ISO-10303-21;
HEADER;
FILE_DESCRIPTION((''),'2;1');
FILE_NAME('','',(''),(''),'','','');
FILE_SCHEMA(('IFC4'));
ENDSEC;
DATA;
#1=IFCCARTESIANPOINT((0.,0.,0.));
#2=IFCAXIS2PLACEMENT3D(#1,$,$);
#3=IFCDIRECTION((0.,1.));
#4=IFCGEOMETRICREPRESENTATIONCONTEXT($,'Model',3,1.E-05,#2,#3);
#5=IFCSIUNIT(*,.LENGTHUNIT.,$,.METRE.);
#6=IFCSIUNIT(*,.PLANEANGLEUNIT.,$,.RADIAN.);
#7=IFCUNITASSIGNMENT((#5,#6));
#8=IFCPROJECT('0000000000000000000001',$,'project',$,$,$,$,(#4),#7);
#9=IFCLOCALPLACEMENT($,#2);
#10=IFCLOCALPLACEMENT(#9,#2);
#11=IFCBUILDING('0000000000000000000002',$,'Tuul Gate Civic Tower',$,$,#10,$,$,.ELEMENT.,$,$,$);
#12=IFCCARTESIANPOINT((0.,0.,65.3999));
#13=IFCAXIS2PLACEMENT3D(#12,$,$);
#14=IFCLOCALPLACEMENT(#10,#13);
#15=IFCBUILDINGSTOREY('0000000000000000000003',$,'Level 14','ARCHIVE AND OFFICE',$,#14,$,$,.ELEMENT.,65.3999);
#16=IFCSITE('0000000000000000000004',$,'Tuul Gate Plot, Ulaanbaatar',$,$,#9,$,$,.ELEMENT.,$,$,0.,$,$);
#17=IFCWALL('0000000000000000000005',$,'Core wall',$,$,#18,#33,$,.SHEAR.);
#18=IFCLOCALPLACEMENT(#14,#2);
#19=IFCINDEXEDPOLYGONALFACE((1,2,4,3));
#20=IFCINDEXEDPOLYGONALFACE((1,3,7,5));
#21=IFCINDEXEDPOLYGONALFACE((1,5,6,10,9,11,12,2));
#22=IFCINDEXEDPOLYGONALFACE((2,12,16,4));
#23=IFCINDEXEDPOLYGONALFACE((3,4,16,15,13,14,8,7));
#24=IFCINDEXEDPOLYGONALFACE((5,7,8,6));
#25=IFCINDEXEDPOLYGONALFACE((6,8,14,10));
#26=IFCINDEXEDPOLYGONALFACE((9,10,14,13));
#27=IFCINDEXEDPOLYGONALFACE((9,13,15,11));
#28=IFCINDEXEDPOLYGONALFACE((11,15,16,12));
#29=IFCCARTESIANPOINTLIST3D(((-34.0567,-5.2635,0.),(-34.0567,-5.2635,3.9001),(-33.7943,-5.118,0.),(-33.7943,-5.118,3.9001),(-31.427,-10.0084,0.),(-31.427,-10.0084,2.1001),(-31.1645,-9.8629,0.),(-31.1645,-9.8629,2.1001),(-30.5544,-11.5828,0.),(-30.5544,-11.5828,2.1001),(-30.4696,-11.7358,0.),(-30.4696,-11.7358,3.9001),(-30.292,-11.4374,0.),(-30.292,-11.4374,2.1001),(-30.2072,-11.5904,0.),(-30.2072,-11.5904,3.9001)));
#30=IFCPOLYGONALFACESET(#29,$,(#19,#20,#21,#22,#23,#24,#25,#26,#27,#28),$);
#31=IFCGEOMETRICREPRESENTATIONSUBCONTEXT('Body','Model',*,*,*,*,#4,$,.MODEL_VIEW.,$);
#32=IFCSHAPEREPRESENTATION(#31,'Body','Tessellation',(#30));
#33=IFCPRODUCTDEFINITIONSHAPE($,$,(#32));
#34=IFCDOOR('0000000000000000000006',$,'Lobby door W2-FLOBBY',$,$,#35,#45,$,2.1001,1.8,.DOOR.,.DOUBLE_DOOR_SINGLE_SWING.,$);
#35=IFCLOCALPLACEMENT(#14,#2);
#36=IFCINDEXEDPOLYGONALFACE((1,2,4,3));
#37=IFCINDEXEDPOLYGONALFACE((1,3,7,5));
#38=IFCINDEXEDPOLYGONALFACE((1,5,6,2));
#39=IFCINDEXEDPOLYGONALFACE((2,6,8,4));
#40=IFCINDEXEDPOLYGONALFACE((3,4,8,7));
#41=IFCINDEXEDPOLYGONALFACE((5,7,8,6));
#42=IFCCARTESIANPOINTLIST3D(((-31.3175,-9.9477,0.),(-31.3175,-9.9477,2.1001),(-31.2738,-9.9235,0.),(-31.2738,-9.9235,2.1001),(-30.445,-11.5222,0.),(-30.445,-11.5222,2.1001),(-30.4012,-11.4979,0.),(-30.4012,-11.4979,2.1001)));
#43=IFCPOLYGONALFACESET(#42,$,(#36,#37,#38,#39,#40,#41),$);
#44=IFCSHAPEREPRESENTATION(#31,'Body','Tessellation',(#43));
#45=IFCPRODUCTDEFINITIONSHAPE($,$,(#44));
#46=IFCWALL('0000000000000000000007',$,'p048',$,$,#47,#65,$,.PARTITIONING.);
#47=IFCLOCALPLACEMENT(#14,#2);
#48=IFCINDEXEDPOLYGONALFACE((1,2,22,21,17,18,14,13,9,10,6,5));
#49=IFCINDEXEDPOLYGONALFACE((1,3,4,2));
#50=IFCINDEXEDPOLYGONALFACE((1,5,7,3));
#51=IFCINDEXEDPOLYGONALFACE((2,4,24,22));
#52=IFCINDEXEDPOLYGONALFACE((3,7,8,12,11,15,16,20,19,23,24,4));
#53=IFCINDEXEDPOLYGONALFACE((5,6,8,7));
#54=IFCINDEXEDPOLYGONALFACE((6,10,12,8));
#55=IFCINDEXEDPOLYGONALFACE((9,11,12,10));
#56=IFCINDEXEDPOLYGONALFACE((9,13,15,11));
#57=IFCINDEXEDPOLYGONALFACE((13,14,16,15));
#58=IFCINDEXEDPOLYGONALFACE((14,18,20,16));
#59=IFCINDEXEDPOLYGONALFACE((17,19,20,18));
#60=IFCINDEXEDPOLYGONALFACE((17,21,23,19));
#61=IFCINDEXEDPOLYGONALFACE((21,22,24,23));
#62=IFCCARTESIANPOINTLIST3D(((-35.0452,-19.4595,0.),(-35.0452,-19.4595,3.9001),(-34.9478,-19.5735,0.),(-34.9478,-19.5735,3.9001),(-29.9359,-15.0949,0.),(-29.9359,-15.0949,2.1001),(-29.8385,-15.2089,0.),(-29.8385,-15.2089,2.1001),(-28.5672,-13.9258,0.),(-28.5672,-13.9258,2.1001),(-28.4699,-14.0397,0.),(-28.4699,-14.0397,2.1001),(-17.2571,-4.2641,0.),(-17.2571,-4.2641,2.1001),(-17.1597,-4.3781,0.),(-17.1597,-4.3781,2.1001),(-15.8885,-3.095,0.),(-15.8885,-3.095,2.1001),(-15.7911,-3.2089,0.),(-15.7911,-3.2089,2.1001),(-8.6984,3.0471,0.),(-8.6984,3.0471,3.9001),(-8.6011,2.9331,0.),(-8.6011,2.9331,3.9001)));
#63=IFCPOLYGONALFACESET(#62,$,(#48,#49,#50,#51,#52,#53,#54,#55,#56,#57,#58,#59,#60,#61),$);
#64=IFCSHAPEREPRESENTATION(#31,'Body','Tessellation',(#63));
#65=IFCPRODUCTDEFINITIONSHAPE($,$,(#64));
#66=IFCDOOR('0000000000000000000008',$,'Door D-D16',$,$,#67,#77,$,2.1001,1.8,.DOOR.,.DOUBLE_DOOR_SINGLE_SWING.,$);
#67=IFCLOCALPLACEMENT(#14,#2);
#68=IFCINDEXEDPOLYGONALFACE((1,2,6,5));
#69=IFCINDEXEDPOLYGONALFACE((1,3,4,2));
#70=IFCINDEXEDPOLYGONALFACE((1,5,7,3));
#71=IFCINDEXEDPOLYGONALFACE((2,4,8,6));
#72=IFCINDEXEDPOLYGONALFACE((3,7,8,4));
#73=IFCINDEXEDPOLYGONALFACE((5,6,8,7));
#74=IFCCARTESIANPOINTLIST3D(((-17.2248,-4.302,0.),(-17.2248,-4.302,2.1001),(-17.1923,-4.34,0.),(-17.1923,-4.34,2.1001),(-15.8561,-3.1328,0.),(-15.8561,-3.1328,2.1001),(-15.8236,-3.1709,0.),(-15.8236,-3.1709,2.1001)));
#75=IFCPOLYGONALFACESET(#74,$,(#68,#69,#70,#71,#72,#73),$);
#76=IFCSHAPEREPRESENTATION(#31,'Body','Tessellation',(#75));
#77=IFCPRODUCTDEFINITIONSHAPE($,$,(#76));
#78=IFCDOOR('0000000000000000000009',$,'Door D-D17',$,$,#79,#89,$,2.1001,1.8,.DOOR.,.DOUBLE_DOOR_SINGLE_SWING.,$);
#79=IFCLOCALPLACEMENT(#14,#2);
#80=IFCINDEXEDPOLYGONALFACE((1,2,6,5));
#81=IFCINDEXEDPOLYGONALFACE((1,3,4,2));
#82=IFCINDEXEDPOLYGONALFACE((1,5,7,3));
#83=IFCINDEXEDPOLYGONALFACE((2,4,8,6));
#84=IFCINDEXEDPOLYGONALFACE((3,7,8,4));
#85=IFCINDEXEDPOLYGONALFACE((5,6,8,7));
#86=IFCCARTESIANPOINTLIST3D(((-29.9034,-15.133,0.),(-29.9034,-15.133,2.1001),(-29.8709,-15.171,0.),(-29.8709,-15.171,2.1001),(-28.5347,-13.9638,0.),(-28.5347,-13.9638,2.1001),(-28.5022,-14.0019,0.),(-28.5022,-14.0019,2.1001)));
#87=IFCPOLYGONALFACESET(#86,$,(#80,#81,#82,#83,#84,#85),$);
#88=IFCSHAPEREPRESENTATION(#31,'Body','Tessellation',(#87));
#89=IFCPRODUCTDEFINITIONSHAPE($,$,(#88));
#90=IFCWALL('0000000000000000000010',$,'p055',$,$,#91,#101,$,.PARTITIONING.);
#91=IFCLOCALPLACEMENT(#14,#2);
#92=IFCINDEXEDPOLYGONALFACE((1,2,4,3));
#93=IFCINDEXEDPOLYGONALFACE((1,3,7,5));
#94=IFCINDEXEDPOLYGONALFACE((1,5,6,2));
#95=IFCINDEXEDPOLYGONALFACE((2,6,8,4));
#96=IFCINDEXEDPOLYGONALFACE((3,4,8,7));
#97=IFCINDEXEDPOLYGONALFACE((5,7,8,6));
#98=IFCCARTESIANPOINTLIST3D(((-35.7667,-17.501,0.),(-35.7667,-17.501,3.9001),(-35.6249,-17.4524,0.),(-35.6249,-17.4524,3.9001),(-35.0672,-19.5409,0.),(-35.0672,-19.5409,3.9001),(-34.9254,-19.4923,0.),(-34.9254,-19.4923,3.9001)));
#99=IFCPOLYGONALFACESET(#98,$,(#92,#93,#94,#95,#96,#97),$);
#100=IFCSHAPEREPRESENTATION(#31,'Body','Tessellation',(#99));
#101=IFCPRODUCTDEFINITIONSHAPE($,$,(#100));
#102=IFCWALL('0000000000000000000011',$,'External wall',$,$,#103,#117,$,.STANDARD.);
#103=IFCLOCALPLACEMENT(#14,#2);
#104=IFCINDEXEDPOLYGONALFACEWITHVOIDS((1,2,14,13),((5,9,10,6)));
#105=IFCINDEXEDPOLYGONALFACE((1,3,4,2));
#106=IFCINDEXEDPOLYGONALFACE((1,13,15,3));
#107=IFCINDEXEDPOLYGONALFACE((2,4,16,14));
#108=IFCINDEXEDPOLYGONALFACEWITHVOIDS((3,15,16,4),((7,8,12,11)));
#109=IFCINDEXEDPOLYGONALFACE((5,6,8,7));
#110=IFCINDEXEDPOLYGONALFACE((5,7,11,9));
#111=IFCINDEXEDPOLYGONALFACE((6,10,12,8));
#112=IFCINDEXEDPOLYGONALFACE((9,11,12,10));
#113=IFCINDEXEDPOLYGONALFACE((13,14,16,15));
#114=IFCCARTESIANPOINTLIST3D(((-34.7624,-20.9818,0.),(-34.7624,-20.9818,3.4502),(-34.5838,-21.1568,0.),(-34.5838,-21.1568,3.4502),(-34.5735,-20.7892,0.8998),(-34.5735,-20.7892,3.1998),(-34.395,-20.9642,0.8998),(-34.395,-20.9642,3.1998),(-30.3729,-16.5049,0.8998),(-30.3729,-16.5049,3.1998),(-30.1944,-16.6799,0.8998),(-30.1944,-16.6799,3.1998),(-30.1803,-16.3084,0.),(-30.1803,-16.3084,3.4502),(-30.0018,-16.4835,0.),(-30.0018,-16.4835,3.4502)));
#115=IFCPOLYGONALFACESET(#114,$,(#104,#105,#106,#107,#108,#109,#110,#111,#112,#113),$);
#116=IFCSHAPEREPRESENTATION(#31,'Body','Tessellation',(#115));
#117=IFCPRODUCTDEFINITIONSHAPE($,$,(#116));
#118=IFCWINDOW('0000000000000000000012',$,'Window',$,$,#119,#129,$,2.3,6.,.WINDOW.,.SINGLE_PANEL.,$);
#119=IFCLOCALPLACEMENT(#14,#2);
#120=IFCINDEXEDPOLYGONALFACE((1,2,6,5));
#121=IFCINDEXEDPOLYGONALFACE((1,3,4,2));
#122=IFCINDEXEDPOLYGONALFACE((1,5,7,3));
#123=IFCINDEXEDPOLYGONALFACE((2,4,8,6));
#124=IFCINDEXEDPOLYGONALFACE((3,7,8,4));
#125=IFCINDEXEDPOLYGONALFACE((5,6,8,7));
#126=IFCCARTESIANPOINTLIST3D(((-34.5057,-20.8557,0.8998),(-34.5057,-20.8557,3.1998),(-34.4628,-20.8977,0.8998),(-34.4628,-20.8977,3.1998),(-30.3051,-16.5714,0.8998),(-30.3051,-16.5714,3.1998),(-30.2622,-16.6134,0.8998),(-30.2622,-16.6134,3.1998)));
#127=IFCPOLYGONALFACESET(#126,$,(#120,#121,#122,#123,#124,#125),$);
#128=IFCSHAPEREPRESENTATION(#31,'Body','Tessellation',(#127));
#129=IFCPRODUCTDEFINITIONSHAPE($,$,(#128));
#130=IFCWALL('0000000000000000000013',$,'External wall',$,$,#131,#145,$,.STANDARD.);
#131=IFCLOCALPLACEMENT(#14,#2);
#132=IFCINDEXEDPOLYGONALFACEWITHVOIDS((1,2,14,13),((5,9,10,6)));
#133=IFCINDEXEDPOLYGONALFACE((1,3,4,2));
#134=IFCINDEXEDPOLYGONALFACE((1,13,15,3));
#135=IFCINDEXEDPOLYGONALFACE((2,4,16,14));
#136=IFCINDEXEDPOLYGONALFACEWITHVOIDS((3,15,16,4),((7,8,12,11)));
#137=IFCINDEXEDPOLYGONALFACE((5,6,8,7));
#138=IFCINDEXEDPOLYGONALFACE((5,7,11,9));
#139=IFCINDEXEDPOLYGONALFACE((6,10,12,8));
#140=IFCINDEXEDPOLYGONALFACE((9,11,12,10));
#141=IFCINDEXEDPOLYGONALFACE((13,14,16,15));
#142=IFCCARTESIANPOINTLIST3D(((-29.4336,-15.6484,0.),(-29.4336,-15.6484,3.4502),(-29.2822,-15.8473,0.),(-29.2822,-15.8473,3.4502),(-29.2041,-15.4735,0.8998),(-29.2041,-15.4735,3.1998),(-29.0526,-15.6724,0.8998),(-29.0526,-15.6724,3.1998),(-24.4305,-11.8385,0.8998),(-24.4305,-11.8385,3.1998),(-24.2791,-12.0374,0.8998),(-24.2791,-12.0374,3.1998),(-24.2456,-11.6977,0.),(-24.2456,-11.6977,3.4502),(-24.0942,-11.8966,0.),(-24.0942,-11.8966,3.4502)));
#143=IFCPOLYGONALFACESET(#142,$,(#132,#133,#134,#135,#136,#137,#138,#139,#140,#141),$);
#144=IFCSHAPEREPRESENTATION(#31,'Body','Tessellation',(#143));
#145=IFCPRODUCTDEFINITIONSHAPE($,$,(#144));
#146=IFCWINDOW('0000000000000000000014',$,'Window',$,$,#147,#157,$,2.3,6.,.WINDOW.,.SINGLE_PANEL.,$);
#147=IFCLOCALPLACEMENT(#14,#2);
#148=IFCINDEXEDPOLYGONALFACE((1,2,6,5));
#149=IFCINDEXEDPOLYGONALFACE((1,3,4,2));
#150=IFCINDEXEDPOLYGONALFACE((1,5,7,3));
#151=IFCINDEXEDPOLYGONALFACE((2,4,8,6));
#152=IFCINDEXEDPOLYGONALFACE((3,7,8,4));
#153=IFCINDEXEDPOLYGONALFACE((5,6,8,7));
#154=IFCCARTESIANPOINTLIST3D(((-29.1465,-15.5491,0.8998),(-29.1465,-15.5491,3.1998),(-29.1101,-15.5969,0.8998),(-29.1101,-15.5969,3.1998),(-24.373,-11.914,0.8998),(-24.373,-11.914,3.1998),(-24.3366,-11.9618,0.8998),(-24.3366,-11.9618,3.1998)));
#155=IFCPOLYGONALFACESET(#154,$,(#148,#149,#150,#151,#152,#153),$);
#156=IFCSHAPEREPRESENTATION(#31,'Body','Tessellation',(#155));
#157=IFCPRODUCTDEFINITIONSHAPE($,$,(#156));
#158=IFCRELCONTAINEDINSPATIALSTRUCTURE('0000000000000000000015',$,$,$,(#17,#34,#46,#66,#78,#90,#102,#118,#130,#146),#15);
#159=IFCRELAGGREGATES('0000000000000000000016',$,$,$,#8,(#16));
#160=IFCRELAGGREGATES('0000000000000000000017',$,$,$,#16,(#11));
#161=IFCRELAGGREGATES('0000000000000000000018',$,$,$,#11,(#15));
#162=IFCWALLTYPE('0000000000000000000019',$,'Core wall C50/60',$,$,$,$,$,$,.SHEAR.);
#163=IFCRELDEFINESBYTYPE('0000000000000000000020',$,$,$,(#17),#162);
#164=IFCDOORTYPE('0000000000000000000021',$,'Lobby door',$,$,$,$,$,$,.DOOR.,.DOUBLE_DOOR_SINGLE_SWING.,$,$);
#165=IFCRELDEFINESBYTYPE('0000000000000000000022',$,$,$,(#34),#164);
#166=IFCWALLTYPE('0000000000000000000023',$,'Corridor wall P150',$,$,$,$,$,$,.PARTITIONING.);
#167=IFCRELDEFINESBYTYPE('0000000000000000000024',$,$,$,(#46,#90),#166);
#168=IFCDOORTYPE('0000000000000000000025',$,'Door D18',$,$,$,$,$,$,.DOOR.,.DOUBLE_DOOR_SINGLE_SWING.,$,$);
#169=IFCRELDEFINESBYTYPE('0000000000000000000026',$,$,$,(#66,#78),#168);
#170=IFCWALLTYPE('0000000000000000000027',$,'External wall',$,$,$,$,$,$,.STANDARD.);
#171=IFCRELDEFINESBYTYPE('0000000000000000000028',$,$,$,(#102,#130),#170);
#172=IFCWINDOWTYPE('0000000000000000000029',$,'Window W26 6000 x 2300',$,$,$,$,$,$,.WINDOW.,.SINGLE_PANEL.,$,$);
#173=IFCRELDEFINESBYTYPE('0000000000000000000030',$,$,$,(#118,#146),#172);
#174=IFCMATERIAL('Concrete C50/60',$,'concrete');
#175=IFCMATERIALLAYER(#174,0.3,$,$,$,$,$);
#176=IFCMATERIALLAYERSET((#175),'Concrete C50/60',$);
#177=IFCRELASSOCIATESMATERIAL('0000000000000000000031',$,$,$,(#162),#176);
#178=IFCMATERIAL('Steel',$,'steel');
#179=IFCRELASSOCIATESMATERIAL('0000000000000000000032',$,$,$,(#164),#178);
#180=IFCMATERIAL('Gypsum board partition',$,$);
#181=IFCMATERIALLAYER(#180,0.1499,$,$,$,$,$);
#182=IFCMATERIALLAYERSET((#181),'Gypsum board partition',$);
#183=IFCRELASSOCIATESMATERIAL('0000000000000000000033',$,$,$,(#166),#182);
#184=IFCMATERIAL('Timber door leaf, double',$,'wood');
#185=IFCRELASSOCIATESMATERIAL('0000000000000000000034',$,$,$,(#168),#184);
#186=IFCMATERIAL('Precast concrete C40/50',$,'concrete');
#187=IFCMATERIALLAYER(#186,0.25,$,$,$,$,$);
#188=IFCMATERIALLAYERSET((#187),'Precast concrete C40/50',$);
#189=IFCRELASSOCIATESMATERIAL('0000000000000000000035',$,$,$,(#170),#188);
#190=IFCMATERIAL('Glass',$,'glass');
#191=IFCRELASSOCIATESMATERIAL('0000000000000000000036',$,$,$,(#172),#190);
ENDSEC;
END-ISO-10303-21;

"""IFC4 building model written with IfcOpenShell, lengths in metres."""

from ifc_helpers import new_model, si_unit, direction, frame, frame_2d, origin, place, context, subcontext, project, spatial, rectangle, extrude, material, layer, layer_set, type_object, element, fill, save


model = new_model("IFC4")

# Units and contexts
model_context = context("Model", 3, precision=1e-05, world=origin(), true_north=direction((0.0, 1.0)))
body_context = subcontext(model_context, "Body", "Model", "MODEL_VIEW")
ifc_project = project(units=[si_unit("LENGTHUNIT", "METRE"), si_unit("PLANEANGLEUNIT", "RADIAN")], contexts=[model_context])

# Site, building, storey
site_placement = place(None, origin())
site = spatial("IfcSite", under=ifc_project, at=site_placement, Name="Tuul Gate Plot, Ulaanbaatar", CompositionType="ELEMENT", RefElevation=0.0)
building_placement = place(site_placement, origin())
building = spatial("IfcBuilding", under=site, at=building_placement, Name="Tuul Gate Civic Tower", CompositionType="ELEMENT")
storey_placement = place(building_placement, frame((0.0, 0.0, 65.3999)))
storey = spatial("IfcBuildingStorey", under=building, at=storey_placement, Name="Level 14", Description="ARCHIVE AND OFFICE", CompositionType="ELEMENT", Elevation=65.3999)

# Shared definitions
ifc_material_1 = material(Name="Concrete C50/60", Category="concrete")
ifc_layer_1 = layer(ifc_material_1, 0.3)
ifc_layer_set_1 = layer_set([ifc_layer_1], Name="Concrete C50/60")
wall_type_1 = type_object("IfcWallType", Name="Core wall C50/60", PredefinedType="SHEAR", material=ifc_layer_set_1)
ifc_material_2 = material(Name="Steel", Category="steel")
door_type_1 = type_object("IfcDoorType", Name="Lobby door", OperationType="DOUBLE_DOOR_SINGLE_SWING", PredefinedType="DOOR", material=ifc_material_2)

# Wall, opening, door
wall_1_placement = place(storey_placement, frame((-30.3384, -11.6631, 0.0), z_axis=(0.0, 0.0, 1.0), x_axis=(-0.484752, 0.874652, 0.0)))
wall_1 = element("IfcWall", 1, at=wall_1_placement, inside=storey, type_object=wall_type_1, Name="Core wall", PredefinedType="SHEAR", context=body_context, shape_type="SweptSolid", body=[
    extrude(rectangle(XDim=7.3999, YDim=0.3, at=frame_2d((3.7, 0.0))), origin(), (0.0, 0.0, 1.0), 3.9001),
])
opening_1_placement = place(wall_1_placement, frame((0.175, 0.0, 0.0)))
opening_1 = element("IfcOpeningElement", 2, at=opening_1_placement, cuts=wall_1, PredefinedType="OPENING", context=body_context, shape_type="SweptSolid", body=[
    extrude(rectangle(XDim=1.8, YDim=2.1001, at=frame_2d((0.8999, 1.05))), frame((0.0, 0.1602, 0.0), z_axis=(0.0, -1.0, 0.0), x_axis=(1.0, 0.0, 0.0)), (0.0, 0.0, 1.0), 0.3201),
])
door_1_placement = place(opening_1_placement, origin())
door_1 = element("IfcDoor", 3, at=door_1_placement, inside=storey, type_object=door_type_1, Name="Lobby door W2-FLOBBY", OperationType="DOUBLE_DOOR_SINGLE_SWING", OverallHeight=2.1001, OverallWidth=1.8, PredefinedType="DOOR", context=body_context, shape_type="SweptSolid", body=[
    extrude(rectangle(XDim=1.8, YDim=2.1001, at=frame_2d((0.8999, 1.05))), frame((0.0, 0.0249, 0.0), z_axis=(0.0, -1.0, 0.0), x_axis=(1.0, 0.0, 0.0)), (0.0, 0.0, 1.0), 0.05),
])
fill(opening_1, door_1)

# Wall, openings, doors
ifc_material_3 = material(Name="Gypsum board partition")
ifc_layer_2 = layer(ifc_material_3, 0.1499)
ifc_layer_set_2 = layer_set([ifc_layer_2], Name="Gypsum board partition")
wall_type_2 = type_object("IfcWallType", Name="Corridor wall P150", PredefinedType="PARTITIONING", material=ifc_layer_set_2)
wall_2_placement = place(storey_placement, frame((-34.9966, -19.5166, 0.0), z_axis=(0.0, 0.0, 1.0), x_axis=(0.760343, 0.649521, 0.0)))
wall_2 = element("IfcWall", 4, at=wall_2_placement, inside=storey, type_object=wall_type_2, Name="p048", PredefinedType="PARTITIONING", context=body_context, shape_type="SweptSolid", body=[
    extrude(rectangle(XDim=34.6511, YDim=0.1499, at=frame_2d((17.3257, 0.0))), origin(), (0.0, 0.0, 1.0), 3.9001),
])
opening_2_placement = place(wall_2_placement, frame((23.395, 0.0, 0.0)))
opening_2 = element("IfcOpeningElement", 5, at=opening_2_placement, cuts=wall_2, PredefinedType="OPENING", context=body_context, shape_type="SweptSolid", body=[
    extrude(rectangle(XDim=1.8, YDim=2.1001, at=frame_2d((0.8999, 1.05))), frame((0.0, 0.085, 0.0), z_axis=(0.0, -1.0, 0.0), x_axis=(1.0, 0.0, 0.0)), (0.0, 0.0, 1.0), 0.1699),
])
opening_3_placement = place(wall_2_placement, frame((6.72, 0.0, 0.0)))
opening_3 = element("IfcOpeningElement", 6, at=opening_3_placement, cuts=wall_2, PredefinedType="OPENING", context=body_context, shape_type="SweptSolid", body=[
    extrude(rectangle(XDim=1.8, YDim=2.1001, at=frame_2d((0.8999, 1.05))), frame((0.0, 0.085, 0.0), z_axis=(0.0, -1.0, 0.0), x_axis=(1.0, 0.0, 0.0)), (0.0, 0.0, 1.0), 0.1699),
])
ifc_material_4 = material(Name="Timber door leaf, double", Category="wood")
door_type_2 = type_object("IfcDoorType", Name="Door D18", OperationType="DOUBLE_DOOR_SINGLE_SWING", PredefinedType="DOOR", material=ifc_material_4)
door_2_placement = place(opening_2_placement, frame((1.8, 0.0, 0.0), z_axis=(0.0, 0.0, 1.0), x_axis=(-1.0, 0.0, 0.0)))
door_2 = element("IfcDoor", 7, at=door_2_placement, inside=storey, type_object=door_type_2, Name="Door D-D16", OperationType="DOUBLE_DOOR_SINGLE_SWING", OverallHeight=2.1001, OverallWidth=1.8, PredefinedType="DOOR", context=body_context, shape_type="SweptSolid", body=[
    extrude(rectangle(XDim=1.8, YDim=2.1001, at=frame_2d((0.9001, 1.05))), frame((0.0, 0.0249, 0.0), z_axis=(0.0, -1.0, 0.0), x_axis=(1.0, 0.0, 0.0)), (0.0, 0.0, 1.0), 0.05),
])
fill(opening_2, door_2)
door_3_placement = place(opening_3_placement, origin())
door_3 = element("IfcDoor", 8, at=door_3_placement, inside=storey, type_object=door_type_2, Name="Door D-D17", OperationType="DOUBLE_DOOR_SINGLE_SWING", OverallHeight=2.1001, OverallWidth=1.8, PredefinedType="DOOR", context=body_context, shape_type="SweptSolid", body=[
    extrude(rectangle(XDim=1.8, YDim=2.1001, at=frame_2d((0.8999, 1.05))), frame((0.0, 0.0249, 0.0), z_axis=(0.0, -1.0, 0.0), x_axis=(1.0, 0.0, 0.0)), (0.0, 0.0, 1.0), 0.05),
])
fill(opening_3, door_3)

# Wall
wall_3_placement = place(storey_placement, frame((-35.6958, -17.4768, 0.0), z_axis=(0.0, 0.0, 1.0), x_axis=(0.324368, -0.945931, 0.0)))
element("IfcWall", 9, at=wall_3_placement, inside=storey, type_object=wall_type_2, Name="p055", PredefinedType="PARTITIONING", context=body_context, shape_type="SweptSolid", body=[
    extrude(rectangle(XDim=2.1565, YDim=0.1499, at=frame_2d((1.0781, 0.0))), origin(), (0.0, 0.0, 1.0), 3.9001),
])

# Walls, openings, windows
ifc_material_5 = material(Name="Precast concrete C40/50", Category="concrete")
ifc_layer_3 = layer(ifc_material_5, 0.25)
ifc_layer_set_3 = layer_set([ifc_layer_3], Name="Precast concrete C40/50")
wall_type_3 = type_object("IfcWallType", Name="External wall", PredefinedType="STANDARD", material=ifc_layer_set_3)
wall_4_placement = place(storey_placement, frame((-34.6731, -21.0693, 0.0), z_axis=(0.0, 0.0, 1.0), x_axis=(0.700097, 0.714048, 0.0)))
wall_4 = element("IfcWall", 10, at=wall_4_placement, inside=storey, type_object=wall_type_3, Name="External wall", PredefinedType="STANDARD", context=body_context, shape_type="SweptSolid", body=[
    extrude(rectangle(XDim=6.5449, YDim=0.25, at=frame_2d((3.2725, 0.0))), origin(), (0.0, 0.0, 1.0), 3.4502),
])
opening_4_placement = place(wall_4_placement, frame((0.2698, 0.0, 0.8999)))
opening_4 = element("IfcOpeningElement", 11, at=opening_4_placement, cuts=wall_4, PredefinedType="OPENING", context=body_context, shape_type="SweptSolid", body=[
    extrude(rectangle(XDim=6.0, YDim=2.3, at=frame_2d((3.0, 1.1499))), frame((0.0, 0.135, 0.0), z_axis=(0.0, -1.0, 0.0), x_axis=(1.0, 0.0, 0.0)), (0.0, 0.0, 1.0), 0.27),
])
ifc_material_6 = material(Name="Glass", Category="glass")
window_type = type_object("IfcWindowType", Name="Window W26 6000 x 2300", PartitioningType="SINGLE_PANEL", PredefinedType="WINDOW", material=ifc_material_6)
window_1_placement = place(opening_4_placement, origin())
window_1 = element("IfcWindow", 12, at=window_1_placement, inside=storey, type_object=window_type, Name="Window", OverallHeight=2.3, OverallWidth=6.0, PartitioningType="SINGLE_PANEL", PredefinedType="WINDOW", context=body_context, shape_type="SweptSolid", body=[
    extrude(rectangle(XDim=6.0, YDim=2.3, at=frame_2d((3.0, 1.1499))), frame((0.0, 0.03, 0.0), z_axis=(0.0, -1.0, 0.0), x_axis=(1.0, 0.0, 0.0)), (0.0, 0.0, 1.0), 0.0601),
])
fill(opening_4, window_1)
wall_5_placement = place(storey_placement, frame((-29.3579, -15.7478, 0.0), z_axis=(0.0, 0.0, 1.0), x_axis=(0.795585, 0.605842, 0.0)))
wall_5 = element("IfcWall", 13, at=wall_5_placement, inside=storey, type_object=wall_type_3, Name="External wall", PredefinedType="STANDARD", context=body_context, shape_type="SweptSolid", body=[
    extrude(rectangle(XDim=6.521, YDim=0.25, at=frame_2d((3.2605, 0.0))), origin(), (0.0, 0.0, 1.0), 3.4502),
])
opening_5_placement = place(wall_5_placement, frame((0.2886, 0.0, 0.8999)))
opening_5 = element("IfcOpeningElement", 14, at=opening_5_placement, cuts=wall_5, PredefinedType="OPENING", context=body_context, shape_type="SweptSolid", body=[
    extrude(rectangle(XDim=6.0, YDim=2.3, at=frame_2d((3.0, 1.1499))), frame((0.0, 0.135, 0.0), z_axis=(0.0, -1.0, 0.0), x_axis=(1.0, 0.0, 0.0)), (0.0, 0.0, 1.0), 0.27),
])
window_2_placement = place(opening_5_placement, origin())
window_2 = element("IfcWindow", 15, at=window_2_placement, inside=storey, type_object=window_type, Name="Window", OverallHeight=2.3, OverallWidth=6.0, PartitioningType="SINGLE_PANEL", PredefinedType="WINDOW", context=body_context, shape_type="SweptSolid", body=[
    extrude(rectangle(XDim=6.0, YDim=2.3, at=frame_2d((3.0, 1.1499))), frame((0.0, 0.03, 0.0), z_axis=(0.0, -1.0, 0.0), x_axis=(1.0, 0.0, 0.0)), (0.0, 0.0, 1.0), 0.0601),
])
fill(opening_5, window_2)

save(model, "model.ifc")
